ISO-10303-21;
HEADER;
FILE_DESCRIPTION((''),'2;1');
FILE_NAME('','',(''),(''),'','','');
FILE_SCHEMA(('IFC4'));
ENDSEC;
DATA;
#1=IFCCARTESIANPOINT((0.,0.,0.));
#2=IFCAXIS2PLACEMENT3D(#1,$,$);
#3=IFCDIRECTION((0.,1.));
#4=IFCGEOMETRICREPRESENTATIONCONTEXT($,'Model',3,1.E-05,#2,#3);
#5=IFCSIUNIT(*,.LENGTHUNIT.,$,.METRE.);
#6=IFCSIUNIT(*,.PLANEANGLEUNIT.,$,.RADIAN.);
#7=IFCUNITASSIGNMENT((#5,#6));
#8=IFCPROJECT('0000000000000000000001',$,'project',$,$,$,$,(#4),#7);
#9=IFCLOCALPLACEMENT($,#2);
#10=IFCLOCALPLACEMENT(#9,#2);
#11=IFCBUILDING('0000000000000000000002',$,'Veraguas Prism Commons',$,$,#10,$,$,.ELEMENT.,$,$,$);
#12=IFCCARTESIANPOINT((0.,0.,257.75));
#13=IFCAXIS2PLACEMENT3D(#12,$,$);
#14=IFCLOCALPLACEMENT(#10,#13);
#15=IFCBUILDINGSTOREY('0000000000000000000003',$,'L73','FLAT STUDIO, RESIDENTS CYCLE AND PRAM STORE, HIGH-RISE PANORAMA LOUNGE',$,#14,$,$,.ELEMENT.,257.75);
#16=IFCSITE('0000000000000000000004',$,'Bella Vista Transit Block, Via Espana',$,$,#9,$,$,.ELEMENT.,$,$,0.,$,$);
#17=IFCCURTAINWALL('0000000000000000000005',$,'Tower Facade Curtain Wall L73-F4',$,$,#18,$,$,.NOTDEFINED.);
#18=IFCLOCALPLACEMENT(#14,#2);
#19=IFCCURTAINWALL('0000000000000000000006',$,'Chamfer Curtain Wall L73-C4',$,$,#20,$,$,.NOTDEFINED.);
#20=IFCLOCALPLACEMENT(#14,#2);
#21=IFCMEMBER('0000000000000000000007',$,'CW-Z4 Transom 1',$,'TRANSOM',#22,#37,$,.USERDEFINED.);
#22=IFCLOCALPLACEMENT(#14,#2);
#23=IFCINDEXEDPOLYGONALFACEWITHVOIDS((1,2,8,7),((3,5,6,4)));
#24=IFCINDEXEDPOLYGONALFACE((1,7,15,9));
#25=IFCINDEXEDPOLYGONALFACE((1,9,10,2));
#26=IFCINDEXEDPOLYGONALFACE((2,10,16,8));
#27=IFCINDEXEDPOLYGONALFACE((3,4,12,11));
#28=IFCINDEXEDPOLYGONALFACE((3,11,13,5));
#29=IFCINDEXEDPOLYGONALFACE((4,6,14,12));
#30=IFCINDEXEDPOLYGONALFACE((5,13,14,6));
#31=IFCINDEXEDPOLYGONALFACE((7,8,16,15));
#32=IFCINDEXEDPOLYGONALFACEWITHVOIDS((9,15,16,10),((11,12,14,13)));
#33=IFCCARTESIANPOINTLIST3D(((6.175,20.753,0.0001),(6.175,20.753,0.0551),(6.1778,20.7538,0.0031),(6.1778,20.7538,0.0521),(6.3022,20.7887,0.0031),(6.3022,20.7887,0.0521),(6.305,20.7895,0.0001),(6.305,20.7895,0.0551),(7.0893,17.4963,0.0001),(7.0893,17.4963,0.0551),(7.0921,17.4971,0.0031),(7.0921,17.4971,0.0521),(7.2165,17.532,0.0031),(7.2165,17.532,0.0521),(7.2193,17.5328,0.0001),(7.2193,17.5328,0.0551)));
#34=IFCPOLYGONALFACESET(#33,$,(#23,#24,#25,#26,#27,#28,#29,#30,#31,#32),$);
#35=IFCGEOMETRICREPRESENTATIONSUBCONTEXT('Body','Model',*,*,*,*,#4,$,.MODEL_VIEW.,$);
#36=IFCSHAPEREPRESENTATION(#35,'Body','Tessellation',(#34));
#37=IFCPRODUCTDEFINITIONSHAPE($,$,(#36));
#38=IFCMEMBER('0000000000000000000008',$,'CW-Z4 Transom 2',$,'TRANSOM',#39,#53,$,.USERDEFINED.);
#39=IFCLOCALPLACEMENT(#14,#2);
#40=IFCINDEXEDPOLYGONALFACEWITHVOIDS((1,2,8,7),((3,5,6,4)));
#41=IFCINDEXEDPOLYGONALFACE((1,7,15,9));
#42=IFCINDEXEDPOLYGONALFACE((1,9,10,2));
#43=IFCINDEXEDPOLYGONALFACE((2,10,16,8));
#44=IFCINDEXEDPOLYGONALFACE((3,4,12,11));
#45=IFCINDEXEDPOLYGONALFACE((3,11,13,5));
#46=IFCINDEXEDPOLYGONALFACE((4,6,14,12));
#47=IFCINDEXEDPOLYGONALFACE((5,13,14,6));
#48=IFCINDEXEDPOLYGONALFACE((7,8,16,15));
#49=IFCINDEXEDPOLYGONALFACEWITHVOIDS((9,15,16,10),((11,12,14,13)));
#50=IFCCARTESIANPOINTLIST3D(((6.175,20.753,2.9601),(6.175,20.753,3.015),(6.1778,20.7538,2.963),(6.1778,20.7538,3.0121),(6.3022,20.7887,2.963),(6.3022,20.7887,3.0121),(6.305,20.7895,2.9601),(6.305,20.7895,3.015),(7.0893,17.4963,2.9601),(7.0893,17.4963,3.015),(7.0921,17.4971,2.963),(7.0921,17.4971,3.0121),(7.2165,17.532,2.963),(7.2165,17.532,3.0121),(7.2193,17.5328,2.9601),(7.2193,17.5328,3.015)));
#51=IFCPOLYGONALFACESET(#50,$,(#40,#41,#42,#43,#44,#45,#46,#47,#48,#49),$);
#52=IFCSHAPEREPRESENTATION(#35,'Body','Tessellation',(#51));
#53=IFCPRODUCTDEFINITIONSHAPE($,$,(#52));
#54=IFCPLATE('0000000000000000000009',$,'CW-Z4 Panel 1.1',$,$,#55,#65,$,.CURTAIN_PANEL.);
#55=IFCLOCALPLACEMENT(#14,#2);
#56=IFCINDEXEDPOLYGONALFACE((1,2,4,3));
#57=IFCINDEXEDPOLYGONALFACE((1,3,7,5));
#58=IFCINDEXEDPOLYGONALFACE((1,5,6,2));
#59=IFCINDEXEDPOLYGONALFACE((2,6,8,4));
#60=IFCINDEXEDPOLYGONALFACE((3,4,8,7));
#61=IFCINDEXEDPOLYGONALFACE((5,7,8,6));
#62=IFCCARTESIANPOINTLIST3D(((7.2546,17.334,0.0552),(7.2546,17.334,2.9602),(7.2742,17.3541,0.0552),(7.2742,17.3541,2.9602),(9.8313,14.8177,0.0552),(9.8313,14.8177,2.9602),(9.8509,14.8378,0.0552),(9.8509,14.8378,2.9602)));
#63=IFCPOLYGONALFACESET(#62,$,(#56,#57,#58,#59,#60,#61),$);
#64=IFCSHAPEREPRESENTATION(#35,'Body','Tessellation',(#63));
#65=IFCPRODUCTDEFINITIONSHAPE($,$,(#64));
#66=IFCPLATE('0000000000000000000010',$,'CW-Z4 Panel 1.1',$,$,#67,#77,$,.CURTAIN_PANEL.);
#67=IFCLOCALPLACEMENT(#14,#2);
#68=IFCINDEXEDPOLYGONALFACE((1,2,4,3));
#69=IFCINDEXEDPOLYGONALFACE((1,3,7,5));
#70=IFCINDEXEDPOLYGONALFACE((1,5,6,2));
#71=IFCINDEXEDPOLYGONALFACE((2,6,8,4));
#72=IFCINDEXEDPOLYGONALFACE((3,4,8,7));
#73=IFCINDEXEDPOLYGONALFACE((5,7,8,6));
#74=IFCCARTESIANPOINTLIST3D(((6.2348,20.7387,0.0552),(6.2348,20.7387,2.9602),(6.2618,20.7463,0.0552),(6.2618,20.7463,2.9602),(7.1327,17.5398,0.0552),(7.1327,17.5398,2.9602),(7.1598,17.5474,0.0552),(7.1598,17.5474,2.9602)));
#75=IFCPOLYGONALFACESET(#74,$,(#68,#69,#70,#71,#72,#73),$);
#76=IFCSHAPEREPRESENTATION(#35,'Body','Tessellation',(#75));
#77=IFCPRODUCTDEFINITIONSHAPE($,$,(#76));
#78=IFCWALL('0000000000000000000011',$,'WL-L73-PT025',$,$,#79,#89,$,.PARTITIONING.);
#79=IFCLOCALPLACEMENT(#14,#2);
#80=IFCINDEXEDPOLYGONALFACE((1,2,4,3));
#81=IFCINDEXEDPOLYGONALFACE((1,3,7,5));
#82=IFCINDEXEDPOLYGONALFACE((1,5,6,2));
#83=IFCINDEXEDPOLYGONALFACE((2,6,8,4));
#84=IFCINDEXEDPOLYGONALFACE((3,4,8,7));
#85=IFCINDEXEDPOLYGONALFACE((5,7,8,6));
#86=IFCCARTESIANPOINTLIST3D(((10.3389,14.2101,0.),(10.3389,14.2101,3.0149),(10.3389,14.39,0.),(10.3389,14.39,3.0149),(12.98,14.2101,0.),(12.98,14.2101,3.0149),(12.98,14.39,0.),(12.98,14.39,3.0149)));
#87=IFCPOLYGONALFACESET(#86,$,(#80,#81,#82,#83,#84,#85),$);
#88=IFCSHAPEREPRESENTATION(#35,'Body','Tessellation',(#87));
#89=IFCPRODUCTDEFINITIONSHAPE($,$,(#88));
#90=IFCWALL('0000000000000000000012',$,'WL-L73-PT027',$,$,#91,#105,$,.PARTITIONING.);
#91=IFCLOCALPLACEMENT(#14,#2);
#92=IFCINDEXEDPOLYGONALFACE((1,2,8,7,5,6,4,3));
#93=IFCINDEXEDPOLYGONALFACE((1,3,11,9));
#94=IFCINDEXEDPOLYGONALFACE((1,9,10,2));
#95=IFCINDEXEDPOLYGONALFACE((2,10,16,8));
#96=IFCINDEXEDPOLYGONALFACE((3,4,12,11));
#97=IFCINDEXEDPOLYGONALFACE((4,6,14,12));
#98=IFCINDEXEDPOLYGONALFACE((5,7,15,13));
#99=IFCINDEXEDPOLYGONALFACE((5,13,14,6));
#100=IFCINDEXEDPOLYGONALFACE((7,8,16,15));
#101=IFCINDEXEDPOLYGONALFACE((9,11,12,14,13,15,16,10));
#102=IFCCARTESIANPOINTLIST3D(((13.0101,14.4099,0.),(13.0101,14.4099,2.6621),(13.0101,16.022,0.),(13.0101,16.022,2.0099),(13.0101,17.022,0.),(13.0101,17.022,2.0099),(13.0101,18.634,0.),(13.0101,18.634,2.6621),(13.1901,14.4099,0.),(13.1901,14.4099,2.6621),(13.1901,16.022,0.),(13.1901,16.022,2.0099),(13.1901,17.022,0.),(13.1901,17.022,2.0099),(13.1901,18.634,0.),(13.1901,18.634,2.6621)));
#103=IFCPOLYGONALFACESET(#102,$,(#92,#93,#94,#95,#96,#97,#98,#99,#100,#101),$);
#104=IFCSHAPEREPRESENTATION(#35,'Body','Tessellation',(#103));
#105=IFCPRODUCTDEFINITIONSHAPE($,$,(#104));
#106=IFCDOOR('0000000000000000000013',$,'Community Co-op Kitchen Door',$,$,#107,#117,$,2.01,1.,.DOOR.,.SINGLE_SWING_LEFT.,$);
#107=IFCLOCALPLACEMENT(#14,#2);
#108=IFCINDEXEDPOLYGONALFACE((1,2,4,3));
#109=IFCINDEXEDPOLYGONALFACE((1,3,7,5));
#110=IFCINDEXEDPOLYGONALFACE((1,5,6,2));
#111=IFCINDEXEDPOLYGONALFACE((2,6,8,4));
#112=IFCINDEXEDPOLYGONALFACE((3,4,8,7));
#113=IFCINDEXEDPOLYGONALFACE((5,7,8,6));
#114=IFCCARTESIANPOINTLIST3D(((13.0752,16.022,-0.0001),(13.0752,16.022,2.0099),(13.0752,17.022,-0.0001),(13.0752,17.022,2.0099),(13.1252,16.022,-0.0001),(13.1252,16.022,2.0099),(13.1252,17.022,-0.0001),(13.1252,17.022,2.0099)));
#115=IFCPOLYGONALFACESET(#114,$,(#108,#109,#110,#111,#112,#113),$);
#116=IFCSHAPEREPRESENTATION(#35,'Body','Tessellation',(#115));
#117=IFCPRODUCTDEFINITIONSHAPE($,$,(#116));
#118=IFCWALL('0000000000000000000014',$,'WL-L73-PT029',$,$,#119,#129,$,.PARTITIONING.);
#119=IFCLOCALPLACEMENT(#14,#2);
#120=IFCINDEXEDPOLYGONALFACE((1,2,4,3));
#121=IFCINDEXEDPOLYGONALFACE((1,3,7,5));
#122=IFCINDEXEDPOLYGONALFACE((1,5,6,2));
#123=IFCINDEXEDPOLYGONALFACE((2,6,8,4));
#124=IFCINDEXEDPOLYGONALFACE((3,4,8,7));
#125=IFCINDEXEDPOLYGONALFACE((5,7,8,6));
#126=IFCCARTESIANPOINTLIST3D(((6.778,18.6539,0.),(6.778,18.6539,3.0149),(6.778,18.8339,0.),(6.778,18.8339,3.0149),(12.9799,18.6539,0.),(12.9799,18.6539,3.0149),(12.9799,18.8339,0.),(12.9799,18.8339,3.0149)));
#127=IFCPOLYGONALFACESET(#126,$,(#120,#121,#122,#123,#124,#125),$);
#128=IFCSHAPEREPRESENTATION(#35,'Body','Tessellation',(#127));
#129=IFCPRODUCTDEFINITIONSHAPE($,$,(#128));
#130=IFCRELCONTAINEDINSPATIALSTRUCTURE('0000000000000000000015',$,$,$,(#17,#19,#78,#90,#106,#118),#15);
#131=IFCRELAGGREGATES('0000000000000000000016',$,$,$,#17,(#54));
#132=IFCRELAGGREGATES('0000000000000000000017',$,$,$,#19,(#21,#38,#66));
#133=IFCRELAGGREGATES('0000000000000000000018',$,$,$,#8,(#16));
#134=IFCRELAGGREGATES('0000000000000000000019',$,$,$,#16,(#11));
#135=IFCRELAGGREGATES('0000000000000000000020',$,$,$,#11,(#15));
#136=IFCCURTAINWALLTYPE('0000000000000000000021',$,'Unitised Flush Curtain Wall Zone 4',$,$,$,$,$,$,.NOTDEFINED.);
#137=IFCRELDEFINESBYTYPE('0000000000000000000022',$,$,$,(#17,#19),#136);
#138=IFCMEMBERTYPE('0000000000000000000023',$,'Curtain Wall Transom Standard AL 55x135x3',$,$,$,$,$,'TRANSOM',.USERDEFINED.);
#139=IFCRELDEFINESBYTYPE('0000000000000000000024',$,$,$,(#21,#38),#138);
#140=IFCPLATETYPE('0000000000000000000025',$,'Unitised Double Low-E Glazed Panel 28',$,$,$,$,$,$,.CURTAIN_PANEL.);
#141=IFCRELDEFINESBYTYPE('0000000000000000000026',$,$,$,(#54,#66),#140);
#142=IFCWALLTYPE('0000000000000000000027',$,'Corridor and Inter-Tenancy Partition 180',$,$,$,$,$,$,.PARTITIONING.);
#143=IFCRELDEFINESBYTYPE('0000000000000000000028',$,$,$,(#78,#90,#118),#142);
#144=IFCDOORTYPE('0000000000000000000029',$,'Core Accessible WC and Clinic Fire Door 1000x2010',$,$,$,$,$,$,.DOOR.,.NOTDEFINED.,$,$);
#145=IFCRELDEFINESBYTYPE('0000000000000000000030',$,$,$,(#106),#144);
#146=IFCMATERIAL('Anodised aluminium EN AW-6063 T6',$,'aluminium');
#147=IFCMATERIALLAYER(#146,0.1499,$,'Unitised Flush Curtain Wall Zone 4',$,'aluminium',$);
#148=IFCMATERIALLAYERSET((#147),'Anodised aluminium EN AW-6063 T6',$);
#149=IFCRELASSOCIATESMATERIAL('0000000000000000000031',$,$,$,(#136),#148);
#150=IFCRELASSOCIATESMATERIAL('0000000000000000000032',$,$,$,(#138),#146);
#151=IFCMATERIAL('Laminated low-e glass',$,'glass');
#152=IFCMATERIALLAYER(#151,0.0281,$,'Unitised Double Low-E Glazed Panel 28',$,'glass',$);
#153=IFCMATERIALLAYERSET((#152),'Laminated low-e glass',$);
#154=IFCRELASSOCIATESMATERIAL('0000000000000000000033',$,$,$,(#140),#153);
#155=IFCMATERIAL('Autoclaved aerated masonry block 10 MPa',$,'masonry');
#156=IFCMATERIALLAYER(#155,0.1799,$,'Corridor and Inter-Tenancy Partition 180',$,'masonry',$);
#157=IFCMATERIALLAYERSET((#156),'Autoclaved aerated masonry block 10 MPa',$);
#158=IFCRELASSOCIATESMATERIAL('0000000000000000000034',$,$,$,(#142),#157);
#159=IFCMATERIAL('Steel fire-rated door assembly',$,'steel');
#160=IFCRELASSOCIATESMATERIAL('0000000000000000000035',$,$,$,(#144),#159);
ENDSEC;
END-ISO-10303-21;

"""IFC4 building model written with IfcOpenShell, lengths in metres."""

from ifc_helpers import new_model, si_unit, direction, frame, frame_2d, origin, origin_2d, place, context, subcontext, project, spatial, rectangle, hollow_rectangle, extrude, source, transform, mapped, material, layer, layer_set, material_profile, profile_set, type_object, element, fill, aggregate, save


model = new_model("IFC4")

# Units and contexts
model_context = context("Model", 3, precision=1e-05, world=origin(), true_north=direction((0.0, 1.0)))
body_context = subcontext(model_context, "Body", "Model", "MODEL_VIEW")
ifc_project = project(units=[si_unit("LENGTHUNIT", "METRE"), si_unit("PLANEANGLEUNIT", "RADIAN")], contexts=[model_context])

# Site, building, storey
site_placement = place(None, origin())
site = spatial("IfcSite", under=ifc_project, at=site_placement, Name="Bella Vista Transit Block, Via Espana", CompositionType="ELEMENT", RefElevation=0.0)
building_placement = place(site_placement, origin())
building = spatial("IfcBuilding", under=site, at=building_placement, Name="Veraguas Prism Commons", CompositionType="ELEMENT")
storey_placement = place(building_placement, frame((0.0, 0.0, 257.75)))
storey = spatial("IfcBuildingStorey", under=building, at=storey_placement, Name="L73", Description="FLAT STUDIO, RESIDENTS CYCLE AND PRAM STORE, HIGH-RISE PANORAMA LOUNGE", CompositionType="ELEMENT", Elevation=257.75)

# Shared definitions
ifc_material_1 = material(Name="Anodised aluminium EN AW-6063 T6", Category="aluminium")
ifc_layer_1 = layer(ifc_material_1, 0.1499, Name="Unitised Flush Curtain Wall Zone 4", Category="aluminium")
ifc_layer_set_1 = layer_set([ifc_layer_1], Name="Anodised aluminium EN AW-6063 T6")
curtain_wall_type = type_object("IfcCurtainWallType", Name="Unitised Flush Curtain Wall Zone 4", PredefinedType="NOTDEFINED", material=ifc_layer_set_1)

# Curtain walls
curtain_wall_1_placement = place(storey_placement, origin())
curtain_wall_1 = element("IfcCurtainWall", 1, at=curtain_wall_1_placement, inside=storey, type_object=curtain_wall_type, Name="Tower Facade Curtain Wall L73-F4", PredefinedType="NOTDEFINED")
curtain_wall_2_placement = place(storey_placement, origin())
curtain_wall_2 = element("IfcCurtainWall", 2, at=curtain_wall_2_placement, inside=storey, type_object=curtain_wall_type, Name="Chamfer Curtain Wall L73-C4", PredefinedType="NOTDEFINED")

# Members
ifc_material_profile_1 = material_profile(ifc_material_1, hollow_rectangle(XDim=0.0549, YDim=0.135, WallThickness=0.0029, at=origin_2d()), Name="AL55X135X3")
ifc_profile_set_1 = profile_set([ifc_material_profile_1], Name="Anodised aluminium EN AW-6063 T6")
member_type_1 = type_object("IfcMemberType", Name="Curtain Wall Transom Standard AL 55x135x3", ElementType="TRANSOM", PredefinedType="USERDEFINED", material=ifc_profile_set_1)
shared_shape_1 = source(origin(), body_context, "Body", "SweptSolid", [
    extrude(hollow_rectangle(XDim=0.0549, YDim=0.135, WallThickness=0.0029, at=origin_2d()), origin(), (0.0, 0.0, 1.0), 3.3826),
])
member_1_placement = place(storey_placement, frame((6.24, 20.7712, 0.0276), z_axis=(0.270305, -0.962775, 0.0), x_axis=(0.0, 0.0, 1.0)))
member_1 = element("IfcMember", 3, at=member_1_placement, type_object=member_type_1, Name="CW-Z4 Transom 1", ObjectType="TRANSOM", PredefinedType="USERDEFINED", context=body_context, shape_type="MappedRepresentation", body=[
    mapped(shared_shape_1, transform((0.0, 0.0, 0.0), scale=1.0)),
])
member_2_placement = place(storey_placement, frame((6.24, 20.7712, 2.9875), z_axis=(0.270305, -0.962775, 0.0), x_axis=(0.0, 0.0, 1.0)))
member_2 = element("IfcMember", 4, at=member_2_placement, type_object=member_type_1, Name="CW-Z4 Transom 2", ObjectType="TRANSOM", PredefinedType="USERDEFINED", context=body_context, shape_type="MappedRepresentation", body=[
    mapped(shared_shape_1, transform((0.0, 0.0, 0.0), scale=1.0)),
])

# Plates
ifc_material_2 = material(Name="Laminated low-e glass", Category="glass")
ifc_layer_2 = layer(ifc_material_2, 0.0281, Name="Unitised Double Low-E Glazed Panel 28", Category="glass")
ifc_layer_set_2 = layer_set([ifc_layer_2], Name="Laminated low-e glass")
plate_type = type_object("IfcPlateType", Name="Unitised Double Low-E Glazed Panel 28", PredefinedType="CURTAIN_PANEL", material=ifc_layer_set_2)
shared_shape_2 = source(origin(), body_context, "Body", "SweptSolid", [
    extrude(rectangle(XDim=3.6016, YDim=0.0281, at=origin_2d()), origin(), (0.0, 0.0, 1.0), 2.905),
])
plate_1_placement = place(storey_placement, frame((8.5527, 16.0859, 0.0552), z_axis=(0.0, 0.0, 1.0), x_axis=(0.715448, -0.698666, 0.0)))
plate_1 = element("IfcPlate", 5, at=plate_1_placement, type_object=plate_type, Name="CW-Z4 Panel 1.1", PredefinedType="CURTAIN_PANEL", context=body_context, shape_type="MappedRepresentation", body=[
    mapped(shared_shape_2, transform((0.0, 0.0, 0.0), scale=1.0)),
])
aggregate(curtain_wall_1, [plate_1])
shared_shape_3 = source(origin(), body_context, "Body", "SweptSolid", [
    extrude(rectangle(XDim=3.3225, YDim=0.0281, at=origin_2d()), origin(), (0.0, 0.0, 1.0), 2.905),
])
plate_2_placement = place(storey_placement, frame((6.6973, 19.1431, 0.0552), z_axis=(0.0, 0.0, 1.0), x_axis=(0.270274, -0.962783, 0.0)))
plate_2 = element("IfcPlate", 6, at=plate_2_placement, type_object=plate_type, Name="CW-Z4 Panel 1.1", PredefinedType="CURTAIN_PANEL", context=body_context, shape_type="MappedRepresentation", body=[
    mapped(shared_shape_3, transform((0.0, 0.0, 0.0), scale=1.0)),
])
aggregate(curtain_wall_2, [member_1, member_2, plate_2])

# Wall
ifc_material_3 = material(Name="Autoclaved aerated masonry block 10 MPa", Category="masonry")
ifc_layer_3 = layer(ifc_material_3, 0.1799, Name="Corridor and Inter-Tenancy Partition 180", Category="masonry")
ifc_layer_set_3 = layer_set([ifc_layer_3], Name="Autoclaved aerated masonry block 10 MPa")
wall_type = type_object("IfcWallType", Name="Corridor and Inter-Tenancy Partition 180", PredefinedType="PARTITIONING", material=ifc_layer_set_3)
wall_1_placement = place(storey_placement, frame((12.98, 14.3, 0.0), z_axis=(0.0, 0.0, 1.0), x_axis=(-1.0, 0.0, 0.0)))
element("IfcWall", 7, at=wall_1_placement, inside=storey, type_object=wall_type, Name="WL-L73-PT025", PredefinedType="PARTITIONING", context=body_context, shape_type="SweptSolid", body=[
    extrude(rectangle(XDim=2.6411, YDim=0.1799, at=frame_2d((1.3206, 0.0))), origin(), (0.0, 0.0, 1.0), 3.0149),
])

# Wall, opening, door
wall_2_placement = place(storey_placement, frame((13.1001, 14.4099, 0.0), z_axis=(0.0, 0.0, 1.0), x_axis=(0.0, 1.0, 0.0)))
wall_2 = element("IfcWall", 8, at=wall_2_placement, inside=storey, type_object=wall_type, Name="WL-L73-PT027", PredefinedType="PARTITIONING", context=body_context, shape_type="SweptSolid", body=[
    extrude(rectangle(XDim=4.2241, YDim=0.1799, at=frame_2d((2.1121, 0.0))), origin(), (0.0, 0.0, 1.0), 2.6621),
])
opening_placement = place(wall_2_placement, frame((1.6121, 0.0, 0.0)))
opening = element("IfcOpeningElement", 9, at=opening_placement, cuts=wall_2, PredefinedType="OPENING", context=body_context, shape_type="SweptSolid", body=[
    extrude(rectangle(XDim=1.0, YDim=2.01, at=frame_2d((0.5, 1.0049))), frame((0.0, 0.0999, 0.0), z_axis=(0.0, -1.0, 0.0), x_axis=(1.0, 0.0, 0.0)), (0.0, 0.0, 1.0), 0.2),
])
ifc_material_4 = material(Name="Steel fire-rated door assembly", Category="steel")
door_type = type_object("IfcDoorType", Name="Core Accessible WC and Clinic Fire Door 1000x2010", OperationType="NOTDEFINED", PredefinedType="DOOR", material=ifc_material_4)
shared_shape_4 = source(origin(), body_context, "Body", "SweptSolid", [
    extrude(rectangle(XDim=1.0, YDim=2.01, at=frame_2d((0.5, 1.0049))), frame((0.0, 0.0249, 0.0), z_axis=(0.0, -1.0, 0.0), x_axis=(1.0, 0.0, 0.0)), (0.0, 0.0, 1.0), 0.05),
])
door_placement = place(opening_placement, origin())
door = element("IfcDoor", 10, at=door_placement, inside=storey, type_object=door_type, Name="Community Co-op Kitchen Door", OperationType="SINGLE_SWING_LEFT", OverallHeight=2.01, OverallWidth=1.0, PredefinedType="DOOR", context=body_context, shape_type="MappedRepresentation", body=[
    mapped(shared_shape_4, transform((0.0, 0.0, 0.0), scale=1.0)),
])
fill(opening, door)

# Wall
wall_3_placement = place(storey_placement, frame((12.98, 18.7439, 0.0), z_axis=(0.0, 0.0, 1.0), x_axis=(-1.0, 0.0, 0.0)))
element("IfcWall", 11, at=wall_3_placement, inside=storey, type_object=wall_type, Name="WL-L73-PT029", PredefinedType="PARTITIONING", context=body_context, shape_type="SweptSolid", body=[
    extrude(rectangle(XDim=6.2019, YDim=0.1799, at=frame_2d((3.1011, 0.0))), origin(), (0.0, 0.0, 1.0), 3.0149),
])

save(model, "model.ifc")
